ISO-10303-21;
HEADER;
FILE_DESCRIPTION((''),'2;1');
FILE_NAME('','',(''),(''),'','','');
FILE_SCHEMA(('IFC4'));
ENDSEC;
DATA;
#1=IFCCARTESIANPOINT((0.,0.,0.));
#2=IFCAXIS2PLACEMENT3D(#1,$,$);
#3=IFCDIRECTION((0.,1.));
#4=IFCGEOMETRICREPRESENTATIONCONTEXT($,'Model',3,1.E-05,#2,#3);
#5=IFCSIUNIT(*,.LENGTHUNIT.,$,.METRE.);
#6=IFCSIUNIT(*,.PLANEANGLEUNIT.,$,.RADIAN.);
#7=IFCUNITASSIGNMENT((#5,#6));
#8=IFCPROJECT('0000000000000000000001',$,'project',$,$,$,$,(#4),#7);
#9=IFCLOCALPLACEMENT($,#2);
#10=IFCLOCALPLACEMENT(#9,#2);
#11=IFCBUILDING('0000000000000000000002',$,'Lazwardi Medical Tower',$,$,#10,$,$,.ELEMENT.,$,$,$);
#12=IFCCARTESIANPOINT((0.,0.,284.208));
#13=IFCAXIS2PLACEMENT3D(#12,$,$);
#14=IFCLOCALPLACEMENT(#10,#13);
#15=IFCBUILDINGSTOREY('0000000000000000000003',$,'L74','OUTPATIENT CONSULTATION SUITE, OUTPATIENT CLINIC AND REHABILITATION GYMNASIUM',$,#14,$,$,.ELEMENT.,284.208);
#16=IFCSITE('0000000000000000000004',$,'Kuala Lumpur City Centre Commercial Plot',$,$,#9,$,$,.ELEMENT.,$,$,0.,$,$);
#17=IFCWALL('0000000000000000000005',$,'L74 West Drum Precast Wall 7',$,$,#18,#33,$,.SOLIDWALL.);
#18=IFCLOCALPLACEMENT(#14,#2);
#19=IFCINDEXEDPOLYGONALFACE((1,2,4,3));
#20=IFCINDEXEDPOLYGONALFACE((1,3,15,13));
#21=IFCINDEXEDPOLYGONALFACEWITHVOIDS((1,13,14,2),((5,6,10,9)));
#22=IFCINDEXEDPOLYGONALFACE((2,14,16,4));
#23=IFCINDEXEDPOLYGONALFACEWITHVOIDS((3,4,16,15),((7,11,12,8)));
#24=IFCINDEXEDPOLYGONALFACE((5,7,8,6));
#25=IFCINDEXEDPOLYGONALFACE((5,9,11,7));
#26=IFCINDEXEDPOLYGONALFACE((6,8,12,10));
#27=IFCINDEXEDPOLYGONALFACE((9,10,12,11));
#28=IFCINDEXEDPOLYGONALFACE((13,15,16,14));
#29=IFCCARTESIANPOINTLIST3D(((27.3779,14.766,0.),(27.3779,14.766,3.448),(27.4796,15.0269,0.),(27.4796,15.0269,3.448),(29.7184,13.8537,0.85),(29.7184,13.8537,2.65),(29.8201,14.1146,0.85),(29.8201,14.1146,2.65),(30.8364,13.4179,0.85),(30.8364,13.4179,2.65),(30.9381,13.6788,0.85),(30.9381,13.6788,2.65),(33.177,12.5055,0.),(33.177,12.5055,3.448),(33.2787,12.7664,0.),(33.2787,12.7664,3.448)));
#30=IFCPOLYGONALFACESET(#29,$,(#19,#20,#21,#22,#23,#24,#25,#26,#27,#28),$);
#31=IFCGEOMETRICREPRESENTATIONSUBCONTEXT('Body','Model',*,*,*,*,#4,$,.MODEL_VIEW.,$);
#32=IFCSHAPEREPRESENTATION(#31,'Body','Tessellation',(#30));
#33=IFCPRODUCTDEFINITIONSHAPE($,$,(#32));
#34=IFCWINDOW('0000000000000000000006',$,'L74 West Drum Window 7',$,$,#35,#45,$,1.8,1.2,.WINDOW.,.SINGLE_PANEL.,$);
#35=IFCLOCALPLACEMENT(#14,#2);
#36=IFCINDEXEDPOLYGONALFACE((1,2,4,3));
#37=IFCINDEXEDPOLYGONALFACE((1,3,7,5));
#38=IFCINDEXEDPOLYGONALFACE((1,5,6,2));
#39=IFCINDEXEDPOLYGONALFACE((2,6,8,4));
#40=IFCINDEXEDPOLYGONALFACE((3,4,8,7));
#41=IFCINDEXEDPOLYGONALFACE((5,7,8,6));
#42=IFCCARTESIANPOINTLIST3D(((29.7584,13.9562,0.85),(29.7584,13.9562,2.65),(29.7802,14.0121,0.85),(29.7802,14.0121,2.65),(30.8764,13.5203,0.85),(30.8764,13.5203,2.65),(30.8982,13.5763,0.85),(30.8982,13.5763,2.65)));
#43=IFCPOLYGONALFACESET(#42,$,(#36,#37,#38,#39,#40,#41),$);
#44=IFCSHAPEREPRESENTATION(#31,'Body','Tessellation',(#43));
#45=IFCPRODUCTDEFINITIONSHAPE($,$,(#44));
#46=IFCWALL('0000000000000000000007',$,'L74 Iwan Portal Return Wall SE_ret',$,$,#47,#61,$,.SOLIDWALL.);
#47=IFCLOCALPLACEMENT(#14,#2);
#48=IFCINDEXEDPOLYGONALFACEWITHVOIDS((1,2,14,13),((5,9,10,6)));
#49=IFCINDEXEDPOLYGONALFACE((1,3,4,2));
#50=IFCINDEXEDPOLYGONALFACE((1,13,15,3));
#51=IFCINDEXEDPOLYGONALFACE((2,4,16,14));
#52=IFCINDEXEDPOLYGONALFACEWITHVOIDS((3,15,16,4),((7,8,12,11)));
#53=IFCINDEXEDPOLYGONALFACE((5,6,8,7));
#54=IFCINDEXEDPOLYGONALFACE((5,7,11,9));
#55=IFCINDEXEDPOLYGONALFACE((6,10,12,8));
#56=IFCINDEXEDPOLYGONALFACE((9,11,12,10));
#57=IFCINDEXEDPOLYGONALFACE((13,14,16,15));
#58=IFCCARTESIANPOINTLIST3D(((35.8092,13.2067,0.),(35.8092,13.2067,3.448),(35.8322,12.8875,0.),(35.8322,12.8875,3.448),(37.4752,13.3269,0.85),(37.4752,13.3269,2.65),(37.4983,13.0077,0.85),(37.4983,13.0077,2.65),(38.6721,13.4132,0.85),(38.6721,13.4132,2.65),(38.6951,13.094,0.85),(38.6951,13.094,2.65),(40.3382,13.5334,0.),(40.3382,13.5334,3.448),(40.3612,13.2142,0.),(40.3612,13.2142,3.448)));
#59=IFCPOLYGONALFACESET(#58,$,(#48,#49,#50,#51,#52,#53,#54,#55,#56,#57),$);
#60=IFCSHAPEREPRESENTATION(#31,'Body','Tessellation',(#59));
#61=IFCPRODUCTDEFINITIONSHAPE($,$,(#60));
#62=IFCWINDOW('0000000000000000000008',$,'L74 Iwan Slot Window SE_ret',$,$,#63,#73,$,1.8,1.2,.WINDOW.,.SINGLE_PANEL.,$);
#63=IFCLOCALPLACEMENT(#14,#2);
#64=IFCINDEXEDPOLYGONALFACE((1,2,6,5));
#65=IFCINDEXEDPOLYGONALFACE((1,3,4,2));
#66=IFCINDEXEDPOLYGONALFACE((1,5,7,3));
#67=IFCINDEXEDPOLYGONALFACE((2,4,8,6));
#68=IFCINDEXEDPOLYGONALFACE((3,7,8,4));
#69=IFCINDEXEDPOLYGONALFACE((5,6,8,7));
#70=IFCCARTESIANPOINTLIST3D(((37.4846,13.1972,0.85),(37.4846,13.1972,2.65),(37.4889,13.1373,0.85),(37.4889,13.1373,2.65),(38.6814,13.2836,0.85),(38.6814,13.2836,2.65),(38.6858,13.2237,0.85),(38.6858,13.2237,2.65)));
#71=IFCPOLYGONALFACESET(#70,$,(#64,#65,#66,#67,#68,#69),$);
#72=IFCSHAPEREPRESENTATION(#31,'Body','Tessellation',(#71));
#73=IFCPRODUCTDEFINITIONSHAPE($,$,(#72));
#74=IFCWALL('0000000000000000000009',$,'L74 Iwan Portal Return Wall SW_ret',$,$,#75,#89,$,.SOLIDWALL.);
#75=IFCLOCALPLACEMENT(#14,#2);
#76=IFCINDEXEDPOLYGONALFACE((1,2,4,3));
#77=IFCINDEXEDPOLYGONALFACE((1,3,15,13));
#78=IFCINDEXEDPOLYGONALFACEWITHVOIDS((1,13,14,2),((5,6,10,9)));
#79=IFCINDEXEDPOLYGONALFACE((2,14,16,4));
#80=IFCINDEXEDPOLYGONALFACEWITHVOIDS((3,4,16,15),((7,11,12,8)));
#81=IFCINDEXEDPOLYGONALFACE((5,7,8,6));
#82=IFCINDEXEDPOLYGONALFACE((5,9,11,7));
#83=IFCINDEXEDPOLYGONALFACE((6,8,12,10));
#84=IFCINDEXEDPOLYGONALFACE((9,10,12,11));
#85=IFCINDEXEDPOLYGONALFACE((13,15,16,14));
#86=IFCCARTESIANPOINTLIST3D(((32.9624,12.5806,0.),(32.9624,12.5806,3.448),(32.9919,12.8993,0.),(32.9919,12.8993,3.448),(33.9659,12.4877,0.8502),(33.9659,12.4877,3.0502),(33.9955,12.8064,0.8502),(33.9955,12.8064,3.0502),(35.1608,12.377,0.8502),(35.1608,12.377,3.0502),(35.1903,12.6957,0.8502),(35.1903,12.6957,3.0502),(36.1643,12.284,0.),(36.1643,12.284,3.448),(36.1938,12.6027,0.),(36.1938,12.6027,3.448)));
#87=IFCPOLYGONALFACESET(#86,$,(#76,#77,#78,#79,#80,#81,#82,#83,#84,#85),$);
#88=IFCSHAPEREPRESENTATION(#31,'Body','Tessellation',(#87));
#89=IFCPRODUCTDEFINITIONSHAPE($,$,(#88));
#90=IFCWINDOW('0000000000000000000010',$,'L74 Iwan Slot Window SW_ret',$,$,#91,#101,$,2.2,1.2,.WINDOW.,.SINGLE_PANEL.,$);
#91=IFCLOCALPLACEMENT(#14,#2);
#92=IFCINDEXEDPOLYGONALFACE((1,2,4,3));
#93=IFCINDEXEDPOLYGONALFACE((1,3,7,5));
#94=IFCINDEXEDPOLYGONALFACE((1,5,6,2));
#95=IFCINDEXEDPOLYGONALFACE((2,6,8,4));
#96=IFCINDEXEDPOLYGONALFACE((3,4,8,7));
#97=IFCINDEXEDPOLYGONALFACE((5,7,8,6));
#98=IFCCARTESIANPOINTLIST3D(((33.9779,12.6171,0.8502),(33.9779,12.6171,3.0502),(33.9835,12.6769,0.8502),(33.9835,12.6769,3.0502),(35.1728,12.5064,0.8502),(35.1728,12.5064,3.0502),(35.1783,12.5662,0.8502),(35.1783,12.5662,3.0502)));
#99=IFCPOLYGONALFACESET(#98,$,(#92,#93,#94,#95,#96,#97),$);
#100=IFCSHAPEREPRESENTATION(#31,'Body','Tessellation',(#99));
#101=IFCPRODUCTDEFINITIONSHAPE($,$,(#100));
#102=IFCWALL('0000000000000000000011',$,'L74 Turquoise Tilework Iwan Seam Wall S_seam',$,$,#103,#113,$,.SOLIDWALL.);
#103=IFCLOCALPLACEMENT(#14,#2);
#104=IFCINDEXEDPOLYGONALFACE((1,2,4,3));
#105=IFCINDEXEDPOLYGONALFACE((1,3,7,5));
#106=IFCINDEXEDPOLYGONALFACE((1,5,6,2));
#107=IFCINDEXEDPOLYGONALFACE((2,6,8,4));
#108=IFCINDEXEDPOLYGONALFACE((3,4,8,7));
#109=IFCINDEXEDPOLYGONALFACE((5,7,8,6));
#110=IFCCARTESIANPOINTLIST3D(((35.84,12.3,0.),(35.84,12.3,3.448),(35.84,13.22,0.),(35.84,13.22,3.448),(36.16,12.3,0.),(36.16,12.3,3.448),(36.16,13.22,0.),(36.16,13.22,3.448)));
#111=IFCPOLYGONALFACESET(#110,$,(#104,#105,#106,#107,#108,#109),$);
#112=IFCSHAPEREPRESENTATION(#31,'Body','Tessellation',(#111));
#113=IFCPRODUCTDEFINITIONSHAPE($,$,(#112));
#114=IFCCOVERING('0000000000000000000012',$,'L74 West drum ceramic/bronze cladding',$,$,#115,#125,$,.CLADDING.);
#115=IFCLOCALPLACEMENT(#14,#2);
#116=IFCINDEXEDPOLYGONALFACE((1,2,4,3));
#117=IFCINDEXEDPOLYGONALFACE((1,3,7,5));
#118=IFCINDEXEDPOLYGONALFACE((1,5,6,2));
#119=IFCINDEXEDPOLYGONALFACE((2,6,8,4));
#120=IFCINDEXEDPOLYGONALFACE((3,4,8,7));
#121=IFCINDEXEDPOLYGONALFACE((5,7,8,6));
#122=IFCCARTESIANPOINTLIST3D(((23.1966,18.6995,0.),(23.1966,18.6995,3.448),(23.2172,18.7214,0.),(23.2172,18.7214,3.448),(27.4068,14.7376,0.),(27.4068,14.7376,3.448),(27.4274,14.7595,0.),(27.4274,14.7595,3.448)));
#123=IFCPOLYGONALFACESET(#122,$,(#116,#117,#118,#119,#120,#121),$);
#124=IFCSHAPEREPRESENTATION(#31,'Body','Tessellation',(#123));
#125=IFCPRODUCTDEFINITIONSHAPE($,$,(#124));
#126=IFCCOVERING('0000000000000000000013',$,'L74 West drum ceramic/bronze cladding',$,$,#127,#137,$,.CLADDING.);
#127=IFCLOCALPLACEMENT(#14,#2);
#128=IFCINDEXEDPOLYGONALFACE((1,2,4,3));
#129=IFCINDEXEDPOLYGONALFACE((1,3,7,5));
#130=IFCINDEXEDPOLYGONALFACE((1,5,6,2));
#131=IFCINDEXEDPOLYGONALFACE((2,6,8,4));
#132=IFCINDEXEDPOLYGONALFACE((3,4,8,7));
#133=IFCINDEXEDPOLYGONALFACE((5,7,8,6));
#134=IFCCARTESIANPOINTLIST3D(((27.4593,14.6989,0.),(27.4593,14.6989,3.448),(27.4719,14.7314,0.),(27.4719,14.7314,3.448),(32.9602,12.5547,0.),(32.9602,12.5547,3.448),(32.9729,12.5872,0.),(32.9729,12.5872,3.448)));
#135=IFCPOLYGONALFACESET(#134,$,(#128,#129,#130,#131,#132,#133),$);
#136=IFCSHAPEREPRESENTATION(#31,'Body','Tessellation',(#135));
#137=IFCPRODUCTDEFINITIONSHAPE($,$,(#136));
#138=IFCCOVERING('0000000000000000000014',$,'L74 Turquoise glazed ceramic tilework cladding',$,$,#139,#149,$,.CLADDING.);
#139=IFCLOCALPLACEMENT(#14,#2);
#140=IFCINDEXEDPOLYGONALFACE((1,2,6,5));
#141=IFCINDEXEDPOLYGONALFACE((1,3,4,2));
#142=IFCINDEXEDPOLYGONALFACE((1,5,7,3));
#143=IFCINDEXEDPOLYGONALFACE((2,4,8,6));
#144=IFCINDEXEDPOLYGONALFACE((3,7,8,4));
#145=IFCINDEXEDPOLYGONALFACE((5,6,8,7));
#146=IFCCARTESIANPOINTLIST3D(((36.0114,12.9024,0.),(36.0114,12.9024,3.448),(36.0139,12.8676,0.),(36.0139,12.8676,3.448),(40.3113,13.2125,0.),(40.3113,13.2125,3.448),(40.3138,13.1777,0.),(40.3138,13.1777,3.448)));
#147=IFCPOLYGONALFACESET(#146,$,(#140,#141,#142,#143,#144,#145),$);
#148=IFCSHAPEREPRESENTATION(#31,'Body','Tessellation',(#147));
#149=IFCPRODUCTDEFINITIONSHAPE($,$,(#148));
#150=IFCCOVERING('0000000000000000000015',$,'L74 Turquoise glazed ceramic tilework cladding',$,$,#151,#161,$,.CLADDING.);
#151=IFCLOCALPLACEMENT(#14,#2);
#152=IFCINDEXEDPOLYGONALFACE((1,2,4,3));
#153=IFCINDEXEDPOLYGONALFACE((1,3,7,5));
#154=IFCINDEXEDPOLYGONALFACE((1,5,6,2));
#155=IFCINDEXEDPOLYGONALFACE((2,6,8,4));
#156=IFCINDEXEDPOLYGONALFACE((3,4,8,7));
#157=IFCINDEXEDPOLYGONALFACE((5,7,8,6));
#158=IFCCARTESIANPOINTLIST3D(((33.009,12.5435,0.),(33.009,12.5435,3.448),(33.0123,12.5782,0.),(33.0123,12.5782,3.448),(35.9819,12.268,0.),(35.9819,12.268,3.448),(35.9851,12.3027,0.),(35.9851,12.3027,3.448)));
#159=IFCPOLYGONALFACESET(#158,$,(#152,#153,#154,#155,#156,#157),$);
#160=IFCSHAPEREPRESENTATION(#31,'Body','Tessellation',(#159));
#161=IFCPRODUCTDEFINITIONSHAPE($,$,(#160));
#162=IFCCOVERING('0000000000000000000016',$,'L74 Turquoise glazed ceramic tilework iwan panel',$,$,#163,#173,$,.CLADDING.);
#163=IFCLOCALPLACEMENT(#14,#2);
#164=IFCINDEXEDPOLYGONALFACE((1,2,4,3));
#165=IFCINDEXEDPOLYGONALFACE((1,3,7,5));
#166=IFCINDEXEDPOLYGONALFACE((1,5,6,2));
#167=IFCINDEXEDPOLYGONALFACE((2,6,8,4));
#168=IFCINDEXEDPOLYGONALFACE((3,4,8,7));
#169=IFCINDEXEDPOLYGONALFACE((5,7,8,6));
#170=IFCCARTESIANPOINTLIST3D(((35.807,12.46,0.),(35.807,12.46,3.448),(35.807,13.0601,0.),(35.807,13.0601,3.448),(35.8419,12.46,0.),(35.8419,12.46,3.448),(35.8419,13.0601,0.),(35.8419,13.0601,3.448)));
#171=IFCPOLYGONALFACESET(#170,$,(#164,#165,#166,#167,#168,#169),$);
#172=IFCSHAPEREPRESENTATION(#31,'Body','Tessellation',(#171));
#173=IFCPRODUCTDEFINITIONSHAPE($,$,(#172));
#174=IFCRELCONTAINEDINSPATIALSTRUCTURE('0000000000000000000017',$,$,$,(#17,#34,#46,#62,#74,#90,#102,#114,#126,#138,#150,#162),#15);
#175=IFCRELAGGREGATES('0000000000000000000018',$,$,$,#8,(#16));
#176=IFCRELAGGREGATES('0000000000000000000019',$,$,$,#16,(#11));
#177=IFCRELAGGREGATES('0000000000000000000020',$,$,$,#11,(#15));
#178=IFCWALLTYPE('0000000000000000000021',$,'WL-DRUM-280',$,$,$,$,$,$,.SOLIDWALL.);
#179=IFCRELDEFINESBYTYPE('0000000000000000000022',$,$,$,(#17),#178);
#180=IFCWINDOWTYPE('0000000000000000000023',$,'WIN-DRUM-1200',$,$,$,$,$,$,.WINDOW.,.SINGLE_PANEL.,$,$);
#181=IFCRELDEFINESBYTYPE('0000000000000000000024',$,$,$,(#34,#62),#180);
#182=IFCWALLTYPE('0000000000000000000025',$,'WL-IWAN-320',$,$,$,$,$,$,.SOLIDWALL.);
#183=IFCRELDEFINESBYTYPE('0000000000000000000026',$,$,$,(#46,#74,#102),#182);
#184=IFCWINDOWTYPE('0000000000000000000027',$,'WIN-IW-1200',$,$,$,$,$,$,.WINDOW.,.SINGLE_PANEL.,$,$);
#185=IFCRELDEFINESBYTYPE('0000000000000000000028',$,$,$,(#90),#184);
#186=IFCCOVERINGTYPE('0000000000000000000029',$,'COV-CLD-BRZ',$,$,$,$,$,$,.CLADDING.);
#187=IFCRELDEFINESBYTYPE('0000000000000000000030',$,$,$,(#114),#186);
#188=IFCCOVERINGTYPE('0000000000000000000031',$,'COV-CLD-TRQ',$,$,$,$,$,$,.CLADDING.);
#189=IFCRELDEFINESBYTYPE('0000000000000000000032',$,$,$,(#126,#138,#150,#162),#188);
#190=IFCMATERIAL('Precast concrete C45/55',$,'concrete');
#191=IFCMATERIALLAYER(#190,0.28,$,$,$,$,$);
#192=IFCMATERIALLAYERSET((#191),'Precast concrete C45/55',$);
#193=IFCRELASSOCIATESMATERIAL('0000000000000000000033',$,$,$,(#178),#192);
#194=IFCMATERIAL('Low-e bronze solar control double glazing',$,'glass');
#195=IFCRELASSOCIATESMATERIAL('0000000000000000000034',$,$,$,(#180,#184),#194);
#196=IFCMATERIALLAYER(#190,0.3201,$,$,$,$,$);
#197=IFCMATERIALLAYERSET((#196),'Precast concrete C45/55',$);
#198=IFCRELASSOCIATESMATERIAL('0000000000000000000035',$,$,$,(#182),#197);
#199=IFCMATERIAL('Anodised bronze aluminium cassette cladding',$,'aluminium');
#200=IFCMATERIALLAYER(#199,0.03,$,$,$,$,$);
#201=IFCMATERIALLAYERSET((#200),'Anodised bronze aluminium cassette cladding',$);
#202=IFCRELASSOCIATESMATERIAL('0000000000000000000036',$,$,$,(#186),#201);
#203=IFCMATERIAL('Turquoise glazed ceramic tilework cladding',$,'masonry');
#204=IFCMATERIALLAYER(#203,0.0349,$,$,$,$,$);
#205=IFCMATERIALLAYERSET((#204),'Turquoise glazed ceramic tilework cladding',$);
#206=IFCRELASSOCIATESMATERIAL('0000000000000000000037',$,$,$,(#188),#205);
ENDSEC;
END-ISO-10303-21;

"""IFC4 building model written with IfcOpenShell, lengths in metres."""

from ifc_helpers import new_model, si_unit, direction, frame, frame_2d, origin, origin_2d, place, context, subcontext, project, spatial, rectangle, extrude, material, layer, layer_set, type_object, element, fill, save


model = new_model("IFC4")

# Units and contexts
model_context = context("Model", 3, precision=1e-05, world=origin(), true_north=direction((0.0, 1.0)))
body_context = subcontext(model_context, "Body", "Model", "MODEL_VIEW")
ifc_project = project(units=[si_unit("LENGTHUNIT", "METRE"), si_unit("PLANEANGLEUNIT", "RADIAN")], contexts=[model_context])

# Site, building, storey
site_placement = place(None, origin())
site = spatial("IfcSite", under=ifc_project, at=site_placement, Name="Kuala Lumpur City Centre Commercial Plot", CompositionType="ELEMENT", RefElevation=0.0)
building_placement = place(site_placement, origin())
building = spatial("IfcBuilding", under=site, at=building_placement, Name="Lazwardi Medical Tower", CompositionType="ELEMENT")
storey_placement = place(building_placement, frame((0.0, 0.0, 284.208)))
storey = spatial("IfcBuildingStorey", under=building, at=storey_placement, Name="L74", Description="OUTPATIENT CONSULTATION SUITE, OUTPATIENT CLINIC AND REHABILITATION GYMNASIUM", CompositionType="ELEMENT", Elevation=284.208)

# Walls, openings, windows
ifc_material_1 = material(Name="Precast concrete C45/55", Category="concrete")
ifc_layer_1 = layer(ifc_material_1, 0.28)
ifc_layer_set_1 = layer_set([ifc_layer_1], Name="Precast concrete C45/55")
wall_type_1 = type_object("IfcWallType", Name="WL-DRUM-280", PredefinedType="SOLIDWALL", material=ifc_layer_set_1)
wall_1_placement = place(storey_placement, frame((27.4287, 14.8965, 0.0), z_axis=(0.0, 0.0, 1.0), x_axis=(0.931717, -0.363186, 0.0)))
wall_1 = element("IfcWall", 1, at=wall_1_placement, inside=storey, type_object=wall_type_1, Name="L74 West Drum Precast Wall 7", PredefinedType="SOLIDWALL", context=body_context, shape_type="SweptSolid", body=[
    extrude(rectangle(XDim=6.2241, YDim=0.28, at=frame_2d((3.1121, 0.0))), origin(), (0.0, 0.0, 1.0), 3.448),
])
opening_1_placement = place(wall_1_placement, frame((2.512, 0.0, 0.8501)))
opening_1 = element("IfcOpeningElement", 2, at=opening_1_placement, cuts=wall_1, PredefinedType="OPENING", context=body_context, shape_type="SweptSolid", body=[
    extrude(rectangle(XDim=1.2, YDim=1.8, at=frame_2d((0.6001, 0.8999))), frame((0.0, 0.1499, 0.0), z_axis=(0.0, -1.0, 0.0), x_axis=(1.0, 0.0, 0.0)), (0.0, 0.0, 1.0), 0.3),
])
ifc_material_2 = material(Name="Low-e bronze solar control double glazing", Category="glass")
window_type_1 = type_object("IfcWindowType", Name="WIN-DRUM-1200", PartitioningType="SINGLE_PANEL", PredefinedType="WINDOW", material=ifc_material_2)
window_1_placement = place(opening_1_placement, origin())
window_1 = element("IfcWindow", 3, at=window_1_placement, inside=storey, type_object=window_type_1, Name="L74 West Drum Window 7", OverallHeight=1.8, OverallWidth=1.2, PartitioningType="SINGLE_PANEL", PredefinedType="WINDOW", context=body_context, shape_type="SweptSolid", body=[
    extrude(rectangle(XDim=1.2, YDim=1.8, at=frame_2d((0.6001, 0.8999))), frame((0.0, 0.03, 0.0), z_axis=(0.0, -1.0, 0.0), x_axis=(1.0, 0.0, 0.0)), (0.0, 0.0, 1.0), 0.0601),
])
fill(opening_1, window_1)
ifc_layer_2 = layer(ifc_material_1, 0.3201)
ifc_layer_set_2 = layer_set([ifc_layer_2], Name="Precast concrete C45/55")
wall_type_2 = type_object("IfcWallType", Name="WL-IWAN-320", PredefinedType="SOLIDWALL", material=ifc_layer_set_2)
wall_2_placement = place(storey_placement, frame((35.8206, 13.0471, 0.0), z_axis=(0.0, 0.0, 1.0), x_axis=(0.997409, 0.071939, 0.0)))
wall_2 = element("IfcWall", 4, at=wall_2_placement, inside=storey, type_object=wall_type_2, Name="L74 Iwan Portal Return Wall SE_ret", PredefinedType="SOLIDWALL", context=body_context, shape_type="SweptSolid", body=[
    extrude(rectangle(XDim=4.5408, YDim=0.3201, at=frame_2d((2.2705, 0.0))), origin(), (0.0, 0.0, 1.0), 3.448),
])
opening_2_placement = place(wall_2_placement, frame((1.6704, 0.0, 0.8501)))
opening_2 = element("IfcOpeningElement", 5, at=opening_2_placement, cuts=wall_2, PredefinedType="OPENING", context=body_context, shape_type="SweptSolid", body=[
    extrude(rectangle(XDim=1.2, YDim=1.8, at=frame_2d((0.6001, 0.8999))), frame((0.0, 0.1699, 0.0), z_axis=(0.0, -1.0, 0.0), x_axis=(1.0, 0.0, 0.0)), (0.0, 0.0, 1.0), 0.3401),
])
window_2_placement = place(opening_2_placement, origin())
window_2 = element("IfcWindow", 6, at=window_2_placement, inside=storey, type_object=window_type_1, Name="L74 Iwan Slot Window SE_ret", OverallHeight=1.8, OverallWidth=1.2, PartitioningType="SINGLE_PANEL", PredefinedType="WINDOW", context=body_context, shape_type="SweptSolid", body=[
    extrude(rectangle(XDim=1.2, YDim=1.8, at=frame_2d((0.6001, 0.8999))), frame((0.0, 0.03, 0.0), z_axis=(0.0, -1.0, 0.0), x_axis=(1.0, 0.0, 0.0)), (0.0, 0.0, 1.0), 0.0601),
])
fill(opening_2, window_2)
wall_3_placement = place(storey_placement, frame((32.9771, 12.74, 0.0), z_axis=(0.0, 0.0, 1.0), x_axis=(0.995736, -0.092247, 0.0)))
wall_3 = element("IfcWall", 7, at=wall_3_placement, inside=storey, type_object=wall_type_2, Name="L74 Iwan Portal Return Wall SW_ret", PredefinedType="SOLIDWALL", context=body_context, shape_type="SweptSolid", body=[
    extrude(rectangle(XDim=3.2156, YDim=0.3201, at=frame_2d((1.6079, 0.0))), origin(), (0.0, 0.0, 1.0), 3.448),
])
opening_3_placement = place(wall_3_placement, frame((1.0078, 0.0, 0.8501)))
opening_3 = element("IfcOpeningElement", 8, at=opening_3_placement, cuts=wall_3, PredefinedType="OPENING", context=body_context, shape_type="SweptSolid", body=[
    extrude(rectangle(XDim=1.2, YDim=2.2, at=frame_2d((0.6001, 1.1001))), frame((0.0, 0.1699, 0.0), z_axis=(0.0, -1.0, 0.0), x_axis=(1.0, 0.0, 0.0)), (0.0, 0.0, 1.0), 0.3401),
])
window_type_2 = type_object("IfcWindowType", Name="WIN-IW-1200", PartitioningType="SINGLE_PANEL", PredefinedType="WINDOW", material=ifc_material_2)
window_3_placement = place(opening_3_placement, origin())
window_3 = element("IfcWindow", 9, at=window_3_placement, inside=storey, type_object=window_type_2, Name="L74 Iwan Slot Window SW_ret", OverallHeight=2.2, OverallWidth=1.2, PartitioningType="SINGLE_PANEL", PredefinedType="WINDOW", context=body_context, shape_type="SweptSolid", body=[
    extrude(rectangle(XDim=1.2, YDim=2.2, at=frame_2d((0.6001, 1.1001))), frame((0.0, 0.03, 0.0), z_axis=(0.0, -1.0, 0.0), x_axis=(1.0, 0.0, 0.0)), (0.0, 0.0, 1.0), 0.0601),
])
fill(opening_3, window_3)

# Wall
wall_4_placement = place(storey_placement, frame((36.0, 12.3, 0.0), z_axis=(0.0, 0.0, 1.0), x_axis=(0.0, 1.0, 0.0)))
element("IfcWall", 10, at=wall_4_placement, inside=storey, type_object=wall_type_2, Name="L74 Turquoise Tilework Iwan Seam Wall S_seam", PredefinedType="SOLIDWALL", context=body_context, shape_type="SweptSolid", body=[
    extrude(rectangle(XDim=0.9199, YDim=0.3201, at=frame_2d((0.46, 0.0))), origin(), (0.0, 0.0, 1.0), 3.448),
])

# Coverings
ifc_material_3 = material(Name="Anodised bronze aluminium cassette cladding", Category="aluminium")
ifc_layer_3 = layer(ifc_material_3, 0.03)
ifc_layer_set_3 = layer_set([ifc_layer_3], Name="Anodised bronze aluminium cassette cladding")
covering_type_1 = type_object("IfcCoveringType", Name="COV-CLD-BRZ", PredefinedType="CLADDING", material=ifc_layer_set_3)
covering_1_placement = place(storey_placement, frame((25.312, 16.7295, 0.0), z_axis=(0.0, 0.0, 1.0), x_axis=(0.728255, -0.685306, 0.0)))
element("IfcCovering", 11, at=covering_1_placement, inside=storey, type_object=covering_type_1, Name="L74 West drum ceramic/bronze cladding", PredefinedType="CLADDING", context=body_context, shape_type="SweptSolid", body=[
    extrude(rectangle(XDim=5.7812, YDim=0.03, at=origin_2d()), origin(), (0.0, 0.0, 1.0), 3.448),
])
ifc_material_4 = material(Name="Turquoise glazed ceramic tilework cladding", Category="masonry")
ifc_layer_4 = layer(ifc_material_4, 0.0349)
ifc_layer_set_4 = layer_set([ifc_layer_4], Name="Turquoise glazed ceramic tilework cladding")
covering_type_2 = type_object("IfcCoveringType", Name="COV-CLD-TRQ", PredefinedType="CLADDING", material=ifc_layer_set_4)
covering_2_placement = place(storey_placement, frame((30.2161, 13.6431, 0.0), z_axis=(0.0, 0.0, 1.0), x_axis=(0.93172, -0.363176, 0.0)))
element("IfcCovering", 12, at=covering_2_placement, inside=storey, type_object=covering_type_2, Name="L74 West drum ceramic/bronze cladding", PredefinedType="CLADDING", context=body_context, shape_type="SweptSolid", body=[
    extrude(rectangle(XDim=5.9041, YDim=0.0349, at=origin_2d()), origin(), (0.0, 0.0, 1.0), 3.448),
])
covering_3_placement = place(storey_placement, frame((38.1626, 13.04, 0.0), z_axis=(0.0, 0.0, 1.0), x_axis=(0.997409, 0.071933, 0.0)))
element("IfcCovering", 13, at=covering_3_placement, inside=storey, type_object=covering_type_2, Name="L74 Turquoise glazed ceramic tilework cladding", PredefinedType="CLADDING", context=body_context, shape_type="SweptSolid", body=[
    extrude(rectangle(XDim=4.311, YDim=0.0349, at=origin_2d()), origin(), (0.0, 0.0, 1.0), 3.448),
])
covering_4_placement = place(storey_placement, frame((34.4971, 12.4231, 0.0), z_axis=(0.0, 0.0, 1.0), x_axis=(0.995734, -0.092275, 0.0)))
element("IfcCovering", 14, at=covering_4_placement, inside=storey, type_object=covering_type_2, Name="L74 Turquoise glazed ceramic tilework cladding", PredefinedType="CLADDING", context=body_context, shape_type="SweptSolid", body=[
    extrude(rectangle(XDim=2.9856, YDim=0.0349, at=origin_2d()), origin(), (0.0, 0.0, 1.0), 3.448),
])
covering_5_placement = place(storey_placement, frame((35.8245, 12.76, 0.0), z_axis=(0.0, 0.0, 1.0), x_axis=(0.0, 1.0, 0.0)))
element("IfcCovering", 15, at=covering_5_placement, inside=storey, type_object=covering_type_2, Name="L74 Turquoise glazed ceramic tilework iwan panel", PredefinedType="CLADDING", context=body_context, shape_type="SweptSolid", body=[
    extrude(rectangle(XDim=0.6001, YDim=0.0349, at=origin_2d()), origin(), (0.0, 0.0, 1.0), 3.448),
])

save(model, "model.ifc")
